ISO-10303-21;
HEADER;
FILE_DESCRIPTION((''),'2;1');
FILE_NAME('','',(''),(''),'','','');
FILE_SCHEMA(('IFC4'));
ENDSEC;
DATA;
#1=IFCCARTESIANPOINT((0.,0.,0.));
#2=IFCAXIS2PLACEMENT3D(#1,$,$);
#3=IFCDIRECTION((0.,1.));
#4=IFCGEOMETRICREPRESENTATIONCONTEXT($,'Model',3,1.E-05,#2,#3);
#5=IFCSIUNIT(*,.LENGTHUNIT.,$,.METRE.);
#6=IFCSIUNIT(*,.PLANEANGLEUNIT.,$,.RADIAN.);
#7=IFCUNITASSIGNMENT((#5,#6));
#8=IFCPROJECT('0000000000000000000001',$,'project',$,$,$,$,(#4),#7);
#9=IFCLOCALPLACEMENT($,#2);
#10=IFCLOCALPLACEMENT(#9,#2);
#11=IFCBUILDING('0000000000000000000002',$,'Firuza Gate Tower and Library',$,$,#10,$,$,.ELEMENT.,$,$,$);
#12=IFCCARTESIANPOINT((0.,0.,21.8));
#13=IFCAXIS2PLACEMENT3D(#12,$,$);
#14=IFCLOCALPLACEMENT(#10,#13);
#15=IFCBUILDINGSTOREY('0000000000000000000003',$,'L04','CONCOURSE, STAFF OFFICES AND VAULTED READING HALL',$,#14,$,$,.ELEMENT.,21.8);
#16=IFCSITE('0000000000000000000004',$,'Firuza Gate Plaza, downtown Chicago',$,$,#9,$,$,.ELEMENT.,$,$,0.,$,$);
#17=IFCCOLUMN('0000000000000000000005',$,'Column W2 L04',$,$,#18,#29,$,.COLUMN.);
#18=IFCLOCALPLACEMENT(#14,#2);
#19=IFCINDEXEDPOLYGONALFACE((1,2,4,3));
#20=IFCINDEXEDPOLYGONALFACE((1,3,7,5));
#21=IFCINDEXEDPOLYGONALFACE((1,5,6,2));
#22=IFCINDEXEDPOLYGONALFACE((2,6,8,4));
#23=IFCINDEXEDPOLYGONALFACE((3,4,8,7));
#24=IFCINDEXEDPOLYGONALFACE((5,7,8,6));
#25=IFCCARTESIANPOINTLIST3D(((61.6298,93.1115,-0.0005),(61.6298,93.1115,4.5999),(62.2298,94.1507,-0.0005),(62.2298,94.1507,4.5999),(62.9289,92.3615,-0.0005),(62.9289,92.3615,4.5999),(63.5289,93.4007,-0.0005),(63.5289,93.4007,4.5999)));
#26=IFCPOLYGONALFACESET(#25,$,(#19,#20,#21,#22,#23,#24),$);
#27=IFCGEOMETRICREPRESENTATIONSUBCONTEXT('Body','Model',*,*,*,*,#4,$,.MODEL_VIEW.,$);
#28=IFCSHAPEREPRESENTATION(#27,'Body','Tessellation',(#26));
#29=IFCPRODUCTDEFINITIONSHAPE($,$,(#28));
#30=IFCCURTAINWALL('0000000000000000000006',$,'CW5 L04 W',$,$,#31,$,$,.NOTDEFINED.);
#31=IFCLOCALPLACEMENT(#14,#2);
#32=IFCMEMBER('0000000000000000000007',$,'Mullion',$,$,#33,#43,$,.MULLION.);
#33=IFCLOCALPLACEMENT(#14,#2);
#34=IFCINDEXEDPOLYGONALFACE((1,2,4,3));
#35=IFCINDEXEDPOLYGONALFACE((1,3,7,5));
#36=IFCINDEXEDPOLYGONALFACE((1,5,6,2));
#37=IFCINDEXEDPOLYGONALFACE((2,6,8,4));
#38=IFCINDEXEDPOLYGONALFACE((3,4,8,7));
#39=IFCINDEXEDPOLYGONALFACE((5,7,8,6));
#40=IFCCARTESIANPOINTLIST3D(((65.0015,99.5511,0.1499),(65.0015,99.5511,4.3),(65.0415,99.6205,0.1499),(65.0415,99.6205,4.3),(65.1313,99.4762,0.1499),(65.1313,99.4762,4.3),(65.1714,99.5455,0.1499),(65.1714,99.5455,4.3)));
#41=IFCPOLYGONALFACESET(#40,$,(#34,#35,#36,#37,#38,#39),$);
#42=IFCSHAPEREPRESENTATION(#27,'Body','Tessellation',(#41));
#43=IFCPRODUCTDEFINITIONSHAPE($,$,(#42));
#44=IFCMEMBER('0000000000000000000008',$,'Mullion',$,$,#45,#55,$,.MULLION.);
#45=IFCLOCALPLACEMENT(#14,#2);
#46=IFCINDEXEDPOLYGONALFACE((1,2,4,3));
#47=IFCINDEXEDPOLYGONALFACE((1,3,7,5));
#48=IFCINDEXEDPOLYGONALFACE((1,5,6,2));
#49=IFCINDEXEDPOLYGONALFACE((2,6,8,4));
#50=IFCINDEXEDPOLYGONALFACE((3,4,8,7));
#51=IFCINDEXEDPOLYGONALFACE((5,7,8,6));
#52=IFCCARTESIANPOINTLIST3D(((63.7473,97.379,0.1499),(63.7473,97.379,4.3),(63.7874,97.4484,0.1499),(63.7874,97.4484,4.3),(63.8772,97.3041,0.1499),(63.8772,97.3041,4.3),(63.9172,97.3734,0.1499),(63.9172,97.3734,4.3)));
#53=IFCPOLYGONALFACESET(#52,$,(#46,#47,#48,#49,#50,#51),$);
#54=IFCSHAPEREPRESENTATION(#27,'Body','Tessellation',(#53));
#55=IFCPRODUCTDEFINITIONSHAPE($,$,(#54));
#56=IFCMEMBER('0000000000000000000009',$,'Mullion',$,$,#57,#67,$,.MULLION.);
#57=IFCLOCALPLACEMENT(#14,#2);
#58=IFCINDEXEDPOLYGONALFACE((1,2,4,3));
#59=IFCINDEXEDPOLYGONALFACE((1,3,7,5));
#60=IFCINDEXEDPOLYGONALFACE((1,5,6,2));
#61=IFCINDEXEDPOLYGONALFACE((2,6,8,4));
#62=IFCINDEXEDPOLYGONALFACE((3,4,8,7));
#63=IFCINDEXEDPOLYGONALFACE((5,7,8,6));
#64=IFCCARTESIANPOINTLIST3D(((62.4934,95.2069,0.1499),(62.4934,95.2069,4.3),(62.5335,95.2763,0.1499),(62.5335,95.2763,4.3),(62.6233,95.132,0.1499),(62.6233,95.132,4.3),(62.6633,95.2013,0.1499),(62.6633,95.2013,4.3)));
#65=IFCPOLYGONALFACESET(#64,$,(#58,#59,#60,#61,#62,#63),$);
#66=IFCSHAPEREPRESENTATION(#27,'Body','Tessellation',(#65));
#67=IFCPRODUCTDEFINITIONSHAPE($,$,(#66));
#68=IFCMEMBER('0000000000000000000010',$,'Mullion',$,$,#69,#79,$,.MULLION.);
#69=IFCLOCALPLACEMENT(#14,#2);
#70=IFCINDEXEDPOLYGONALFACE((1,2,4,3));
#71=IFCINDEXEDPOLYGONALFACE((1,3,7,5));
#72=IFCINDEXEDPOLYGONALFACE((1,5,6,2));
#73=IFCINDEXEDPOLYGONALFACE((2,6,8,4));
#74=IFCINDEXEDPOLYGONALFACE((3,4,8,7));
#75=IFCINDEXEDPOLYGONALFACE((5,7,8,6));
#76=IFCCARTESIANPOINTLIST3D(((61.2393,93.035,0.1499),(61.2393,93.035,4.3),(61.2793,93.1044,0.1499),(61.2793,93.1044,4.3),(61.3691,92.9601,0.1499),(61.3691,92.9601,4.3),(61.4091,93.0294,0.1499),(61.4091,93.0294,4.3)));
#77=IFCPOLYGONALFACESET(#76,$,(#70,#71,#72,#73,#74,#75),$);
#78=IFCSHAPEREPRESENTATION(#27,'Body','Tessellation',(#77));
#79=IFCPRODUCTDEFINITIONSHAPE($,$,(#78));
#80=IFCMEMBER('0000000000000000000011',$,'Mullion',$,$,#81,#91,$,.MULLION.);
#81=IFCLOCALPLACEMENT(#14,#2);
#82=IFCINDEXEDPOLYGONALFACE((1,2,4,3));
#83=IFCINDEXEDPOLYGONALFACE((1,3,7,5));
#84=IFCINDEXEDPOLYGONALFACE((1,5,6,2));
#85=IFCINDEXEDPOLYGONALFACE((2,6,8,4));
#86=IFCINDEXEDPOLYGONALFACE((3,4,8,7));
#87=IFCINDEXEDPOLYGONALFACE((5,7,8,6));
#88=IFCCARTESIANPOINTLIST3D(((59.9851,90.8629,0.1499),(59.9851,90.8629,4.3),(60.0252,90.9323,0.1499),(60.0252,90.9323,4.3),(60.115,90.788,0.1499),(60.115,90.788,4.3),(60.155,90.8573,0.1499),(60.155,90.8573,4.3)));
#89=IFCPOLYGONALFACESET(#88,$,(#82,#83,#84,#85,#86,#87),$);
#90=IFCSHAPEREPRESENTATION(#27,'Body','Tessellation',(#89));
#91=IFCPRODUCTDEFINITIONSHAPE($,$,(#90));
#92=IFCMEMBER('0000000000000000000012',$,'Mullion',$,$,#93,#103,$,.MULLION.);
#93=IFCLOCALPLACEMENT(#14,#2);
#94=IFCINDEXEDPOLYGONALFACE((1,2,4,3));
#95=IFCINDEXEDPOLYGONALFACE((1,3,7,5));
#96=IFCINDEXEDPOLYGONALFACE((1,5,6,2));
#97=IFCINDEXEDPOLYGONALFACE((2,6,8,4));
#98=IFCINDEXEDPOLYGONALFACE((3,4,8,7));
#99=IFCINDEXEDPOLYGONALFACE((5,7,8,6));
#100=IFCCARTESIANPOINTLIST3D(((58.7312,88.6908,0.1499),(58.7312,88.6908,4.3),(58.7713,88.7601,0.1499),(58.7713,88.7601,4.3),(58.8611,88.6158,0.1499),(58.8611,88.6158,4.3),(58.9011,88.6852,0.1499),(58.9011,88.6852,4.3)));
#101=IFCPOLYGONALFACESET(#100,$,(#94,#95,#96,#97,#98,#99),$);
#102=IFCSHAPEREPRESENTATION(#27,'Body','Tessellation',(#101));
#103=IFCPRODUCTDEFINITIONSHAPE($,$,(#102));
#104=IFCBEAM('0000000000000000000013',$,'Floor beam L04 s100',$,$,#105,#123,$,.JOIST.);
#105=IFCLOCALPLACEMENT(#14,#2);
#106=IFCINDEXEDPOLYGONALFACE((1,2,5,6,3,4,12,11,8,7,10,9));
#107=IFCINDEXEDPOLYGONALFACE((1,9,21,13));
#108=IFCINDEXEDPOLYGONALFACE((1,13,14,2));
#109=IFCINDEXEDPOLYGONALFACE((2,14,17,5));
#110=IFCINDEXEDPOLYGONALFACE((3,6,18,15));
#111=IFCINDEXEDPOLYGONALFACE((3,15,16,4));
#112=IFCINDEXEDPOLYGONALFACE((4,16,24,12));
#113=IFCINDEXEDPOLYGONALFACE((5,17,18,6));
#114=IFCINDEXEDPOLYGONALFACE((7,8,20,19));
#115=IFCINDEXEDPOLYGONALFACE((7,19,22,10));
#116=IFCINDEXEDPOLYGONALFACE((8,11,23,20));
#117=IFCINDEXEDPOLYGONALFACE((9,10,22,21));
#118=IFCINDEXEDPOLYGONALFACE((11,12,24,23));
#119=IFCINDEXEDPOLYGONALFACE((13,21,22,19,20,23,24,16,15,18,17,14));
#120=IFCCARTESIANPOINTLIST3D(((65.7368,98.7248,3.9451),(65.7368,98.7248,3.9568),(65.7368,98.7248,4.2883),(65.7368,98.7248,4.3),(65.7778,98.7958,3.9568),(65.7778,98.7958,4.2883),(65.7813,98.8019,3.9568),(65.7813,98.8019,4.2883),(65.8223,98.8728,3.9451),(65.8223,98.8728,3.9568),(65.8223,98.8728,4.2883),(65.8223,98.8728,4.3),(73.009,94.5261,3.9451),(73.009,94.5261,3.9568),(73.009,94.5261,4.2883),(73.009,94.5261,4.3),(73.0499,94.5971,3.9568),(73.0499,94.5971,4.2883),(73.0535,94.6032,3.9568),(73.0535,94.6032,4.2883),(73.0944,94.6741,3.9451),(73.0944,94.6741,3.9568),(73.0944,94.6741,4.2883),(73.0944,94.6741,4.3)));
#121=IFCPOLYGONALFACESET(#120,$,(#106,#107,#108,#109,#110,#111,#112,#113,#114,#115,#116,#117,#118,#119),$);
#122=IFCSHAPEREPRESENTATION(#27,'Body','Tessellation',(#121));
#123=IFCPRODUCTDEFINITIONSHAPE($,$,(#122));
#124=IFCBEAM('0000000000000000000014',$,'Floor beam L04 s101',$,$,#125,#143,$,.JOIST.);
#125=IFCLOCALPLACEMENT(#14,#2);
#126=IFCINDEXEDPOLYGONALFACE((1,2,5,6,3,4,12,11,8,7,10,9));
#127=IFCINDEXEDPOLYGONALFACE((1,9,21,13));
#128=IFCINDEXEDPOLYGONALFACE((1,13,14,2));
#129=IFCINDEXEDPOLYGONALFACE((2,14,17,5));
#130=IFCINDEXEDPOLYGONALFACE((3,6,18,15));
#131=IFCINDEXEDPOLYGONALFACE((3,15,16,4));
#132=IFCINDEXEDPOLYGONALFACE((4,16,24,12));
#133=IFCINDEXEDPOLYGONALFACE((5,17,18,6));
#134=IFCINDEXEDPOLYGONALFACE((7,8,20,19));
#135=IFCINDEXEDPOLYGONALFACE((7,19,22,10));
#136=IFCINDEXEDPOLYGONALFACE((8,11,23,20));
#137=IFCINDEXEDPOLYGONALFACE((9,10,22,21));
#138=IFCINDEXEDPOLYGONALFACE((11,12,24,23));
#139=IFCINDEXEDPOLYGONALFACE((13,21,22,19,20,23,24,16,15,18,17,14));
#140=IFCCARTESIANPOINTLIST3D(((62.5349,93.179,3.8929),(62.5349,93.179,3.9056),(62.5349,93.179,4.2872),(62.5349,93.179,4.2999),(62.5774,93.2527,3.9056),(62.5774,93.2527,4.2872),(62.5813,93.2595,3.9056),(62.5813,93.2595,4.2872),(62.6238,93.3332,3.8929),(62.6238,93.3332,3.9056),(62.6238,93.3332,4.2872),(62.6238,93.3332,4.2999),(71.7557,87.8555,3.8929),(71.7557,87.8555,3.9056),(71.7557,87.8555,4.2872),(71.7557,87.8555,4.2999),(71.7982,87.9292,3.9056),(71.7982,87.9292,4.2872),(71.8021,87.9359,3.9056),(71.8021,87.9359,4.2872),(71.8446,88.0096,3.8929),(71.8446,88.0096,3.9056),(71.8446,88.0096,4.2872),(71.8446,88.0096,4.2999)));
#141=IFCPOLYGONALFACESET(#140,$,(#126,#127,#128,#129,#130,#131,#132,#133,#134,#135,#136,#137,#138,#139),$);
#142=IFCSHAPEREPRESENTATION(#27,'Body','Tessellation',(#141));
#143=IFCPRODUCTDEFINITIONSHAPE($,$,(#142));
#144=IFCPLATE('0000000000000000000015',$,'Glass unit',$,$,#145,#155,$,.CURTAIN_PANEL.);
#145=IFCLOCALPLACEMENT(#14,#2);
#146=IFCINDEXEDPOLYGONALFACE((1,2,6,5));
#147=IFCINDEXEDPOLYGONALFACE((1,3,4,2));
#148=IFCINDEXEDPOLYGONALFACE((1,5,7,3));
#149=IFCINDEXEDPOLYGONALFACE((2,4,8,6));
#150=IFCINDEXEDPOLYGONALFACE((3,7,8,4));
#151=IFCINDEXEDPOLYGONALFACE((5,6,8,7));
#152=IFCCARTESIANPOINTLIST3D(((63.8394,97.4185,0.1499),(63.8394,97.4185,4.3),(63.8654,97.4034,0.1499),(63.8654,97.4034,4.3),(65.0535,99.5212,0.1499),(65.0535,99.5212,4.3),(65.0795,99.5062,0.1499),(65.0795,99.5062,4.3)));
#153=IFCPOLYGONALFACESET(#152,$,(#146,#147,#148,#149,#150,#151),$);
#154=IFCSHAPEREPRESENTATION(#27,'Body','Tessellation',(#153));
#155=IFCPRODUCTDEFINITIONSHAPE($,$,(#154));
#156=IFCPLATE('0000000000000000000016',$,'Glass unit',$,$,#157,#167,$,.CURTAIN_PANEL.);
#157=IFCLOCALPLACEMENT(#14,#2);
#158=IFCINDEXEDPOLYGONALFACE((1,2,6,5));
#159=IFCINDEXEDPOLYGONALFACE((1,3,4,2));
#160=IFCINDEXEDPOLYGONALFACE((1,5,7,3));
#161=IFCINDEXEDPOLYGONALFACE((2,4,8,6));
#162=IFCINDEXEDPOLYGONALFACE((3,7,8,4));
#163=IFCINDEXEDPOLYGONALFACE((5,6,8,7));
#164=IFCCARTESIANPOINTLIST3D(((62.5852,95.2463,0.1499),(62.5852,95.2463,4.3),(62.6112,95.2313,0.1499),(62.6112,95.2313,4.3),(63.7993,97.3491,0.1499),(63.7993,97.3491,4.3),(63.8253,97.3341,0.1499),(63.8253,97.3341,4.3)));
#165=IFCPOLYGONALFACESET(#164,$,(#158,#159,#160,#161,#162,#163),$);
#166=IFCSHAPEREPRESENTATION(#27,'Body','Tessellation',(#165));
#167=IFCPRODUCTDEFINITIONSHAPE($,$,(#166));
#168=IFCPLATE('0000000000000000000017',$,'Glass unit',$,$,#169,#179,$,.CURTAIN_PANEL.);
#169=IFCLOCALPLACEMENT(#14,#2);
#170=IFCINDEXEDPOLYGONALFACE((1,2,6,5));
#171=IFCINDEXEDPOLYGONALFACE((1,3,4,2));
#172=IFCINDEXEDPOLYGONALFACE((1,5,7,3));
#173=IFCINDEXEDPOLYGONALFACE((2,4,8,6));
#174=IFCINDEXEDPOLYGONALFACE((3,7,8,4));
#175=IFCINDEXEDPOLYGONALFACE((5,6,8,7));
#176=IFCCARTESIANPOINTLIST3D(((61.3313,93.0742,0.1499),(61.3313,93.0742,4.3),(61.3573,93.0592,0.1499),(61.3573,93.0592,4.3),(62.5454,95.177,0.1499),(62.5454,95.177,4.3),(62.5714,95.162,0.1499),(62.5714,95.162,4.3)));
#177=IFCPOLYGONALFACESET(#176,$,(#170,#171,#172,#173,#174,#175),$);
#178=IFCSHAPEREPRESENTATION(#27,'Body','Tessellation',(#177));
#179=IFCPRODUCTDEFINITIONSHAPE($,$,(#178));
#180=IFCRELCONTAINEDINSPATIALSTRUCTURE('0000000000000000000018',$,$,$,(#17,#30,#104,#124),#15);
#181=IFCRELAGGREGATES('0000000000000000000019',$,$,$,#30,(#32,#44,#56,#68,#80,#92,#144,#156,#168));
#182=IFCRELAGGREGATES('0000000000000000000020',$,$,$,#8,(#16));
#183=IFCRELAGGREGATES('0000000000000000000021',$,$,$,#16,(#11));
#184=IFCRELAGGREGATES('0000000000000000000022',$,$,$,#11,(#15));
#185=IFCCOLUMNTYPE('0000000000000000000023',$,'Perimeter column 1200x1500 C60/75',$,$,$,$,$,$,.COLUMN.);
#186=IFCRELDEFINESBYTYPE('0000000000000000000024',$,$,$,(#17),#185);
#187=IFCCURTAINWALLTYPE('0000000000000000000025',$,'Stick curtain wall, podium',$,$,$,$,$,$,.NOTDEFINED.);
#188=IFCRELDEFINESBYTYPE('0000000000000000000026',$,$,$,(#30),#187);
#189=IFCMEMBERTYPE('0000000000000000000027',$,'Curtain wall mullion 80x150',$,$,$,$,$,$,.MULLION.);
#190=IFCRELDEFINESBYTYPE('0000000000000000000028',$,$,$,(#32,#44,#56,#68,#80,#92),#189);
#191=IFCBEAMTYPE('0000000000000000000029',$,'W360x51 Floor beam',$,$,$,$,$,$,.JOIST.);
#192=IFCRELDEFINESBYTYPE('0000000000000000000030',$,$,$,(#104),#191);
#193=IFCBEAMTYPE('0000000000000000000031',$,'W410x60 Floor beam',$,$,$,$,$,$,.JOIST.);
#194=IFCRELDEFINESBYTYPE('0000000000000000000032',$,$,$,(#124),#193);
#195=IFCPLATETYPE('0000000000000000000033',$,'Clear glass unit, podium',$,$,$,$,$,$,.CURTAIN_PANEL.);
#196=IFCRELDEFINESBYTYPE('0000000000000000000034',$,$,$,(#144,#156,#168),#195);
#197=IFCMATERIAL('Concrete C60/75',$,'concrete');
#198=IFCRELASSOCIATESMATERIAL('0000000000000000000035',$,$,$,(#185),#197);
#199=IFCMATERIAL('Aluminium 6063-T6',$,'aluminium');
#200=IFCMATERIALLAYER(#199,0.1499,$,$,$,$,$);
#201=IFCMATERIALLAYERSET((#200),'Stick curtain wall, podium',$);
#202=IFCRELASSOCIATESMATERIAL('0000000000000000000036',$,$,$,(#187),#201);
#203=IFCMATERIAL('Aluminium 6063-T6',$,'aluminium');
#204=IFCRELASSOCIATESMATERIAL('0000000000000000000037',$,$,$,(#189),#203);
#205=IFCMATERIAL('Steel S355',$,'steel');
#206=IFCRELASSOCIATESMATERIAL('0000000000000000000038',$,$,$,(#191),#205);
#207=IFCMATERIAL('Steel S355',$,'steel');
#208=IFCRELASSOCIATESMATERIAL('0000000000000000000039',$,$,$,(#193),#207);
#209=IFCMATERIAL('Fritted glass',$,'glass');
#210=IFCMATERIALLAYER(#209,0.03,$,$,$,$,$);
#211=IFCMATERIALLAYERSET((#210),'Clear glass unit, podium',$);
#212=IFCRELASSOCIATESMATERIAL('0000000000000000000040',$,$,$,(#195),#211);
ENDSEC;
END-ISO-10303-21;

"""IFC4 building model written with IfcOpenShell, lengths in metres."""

from ifc_helpers import new_model, si_unit, direction, frame, origin, origin_2d, place, context, subcontext, project, spatial, polyline, rectangle, i_section, outline, extrude, material, layer, layer_set, material_profile, profile_set, type_object, element, aggregate, save


model = new_model("IFC4")

# Units and contexts
model_context = context("Model", 3, precision=1e-05, world=origin(), true_north=direction((0.0, 1.0)))
body_context = subcontext(model_context, "Body", "Model", "MODEL_VIEW")
ifc_project = project(units=[si_unit("LENGTHUNIT", "METRE"), si_unit("PLANEANGLEUNIT", "RADIAN")], contexts=[model_context])

# Site, building, storey
site_placement = place(None, origin())
site = spatial("IfcSite", under=ifc_project, at=site_placement, Name="Firuza Gate Plaza, downtown Chicago", CompositionType="ELEMENT", RefElevation=0.0)
building_placement = place(site_placement, origin())
building = spatial("IfcBuilding", under=site, at=building_placement, Name="Firuza Gate Tower and Library", CompositionType="ELEMENT")
storey_placement = place(building_placement, frame((0.0, 0.0, 21.8)))
storey = spatial("IfcBuildingStorey", under=building, at=storey_placement, Name="L04", Description="CONCOURSE, STAFF OFFICES AND VAULTED READING HALL", CompositionType="ELEMENT", Elevation=21.8)

# Column
ifc_material_1 = material(Name="Concrete C60/75", Category="concrete")
ifc_material_profile_1 = material_profile(ifc_material_1, rectangle(XDim=1.2, YDim=1.5, at=origin_2d()))
ifc_profile_set_1 = profile_set([ifc_material_profile_1], Name="Concrete C60/75")
column_type = type_object("IfcColumnType", Name="Perimeter column 1200x1500 C60/75", PredefinedType="COLUMN", material=ifc_profile_set_1)
column_placement = place(storey_placement, frame((62.5793, 93.2561, -0.0005), z_axis=(0.0, 0.0, 1.0), x_axis=(-0.5, -0.866025, 0.0)))
element("IfcColumn", 1, at=column_placement, inside=storey, type_object=column_type, Name="Column W2 L04", PredefinedType="COLUMN", context=body_context, shape_type="SweptSolid", body=[
    extrude(rectangle(XDim=1.2, YDim=1.5, at=origin_2d()), origin(), (0.0, 0.0, 1.0), 4.6003),
])

# Curtain wall, members
ifc_material_2 = material(Name="Aluminium 6063-T6", Category="aluminium")
ifc_layer_1 = layer(ifc_material_2, 0.1499)
ifc_layer_set_1 = layer_set([ifc_layer_1], Name="Stick curtain wall, podium")
curtain_wall_type = type_object("IfcCurtainWallType", Name="Stick curtain wall, podium", PredefinedType="NOTDEFINED", material=ifc_layer_set_1)
curtain_wall_placement = place(storey_placement, origin())
curtain_wall = element("IfcCurtainWall", 2, at=curtain_wall_placement, inside=storey, type_object=curtain_wall_type, Name="CW5 L04 W", PredefinedType="NOTDEFINED")
ifc_material_3 = material(Name="Aluminium 6063-T6", Category="aluminium")
ifc_material_profile_2 = material_profile(ifc_material_3, rectangle(XDim=0.1499, YDim=0.0801, at=origin_2d()))
ifc_profile_set_2 = profile_set([ifc_material_profile_2], Name="Aluminium 6063-T6")
member_type = type_object("IfcMemberType", Name="Curtain wall mullion 80x150", PredefinedType="MULLION", material=ifc_profile_set_2)
member_1_placement = place(storey_placement, frame((65.0864, 99.5483, 0.1499), z_axis=(0.0, 0.0, 1.0), x_axis=(0.866025, -0.5, 0.0)))
member_1 = element("IfcMember", 3, at=member_1_placement, type_object=member_type, Name="Mullion", PredefinedType="MULLION", context=body_context, shape_type="SweptSolid", body=[
    extrude(rectangle(XDim=0.1499, YDim=0.0801, at=origin_2d()), origin(), (0.0, 0.0, 1.0), 4.1501),
])
member_2_placement = place(storey_placement, frame((63.8323, 97.3762, 0.1499), z_axis=(0.0, 0.0, 1.0), x_axis=(0.866025, -0.5, 0.0)))
member_2 = element("IfcMember", 4, at=member_2_placement, type_object=member_type, Name="Mullion", PredefinedType="MULLION", context=body_context, shape_type="SweptSolid", body=[
    extrude(rectangle(XDim=0.1499, YDim=0.0801, at=origin_2d()), origin(), (0.0, 0.0, 1.0), 4.1501),
])
member_3_placement = place(storey_placement, frame((62.5784, 95.2041, 0.1499), z_axis=(0.0, 0.0, 1.0), x_axis=(0.866025, -0.5, 0.0)))
member_3 = element("IfcMember", 5, at=member_3_placement, type_object=member_type, Name="Mullion", PredefinedType="MULLION", context=body_context, shape_type="SweptSolid", body=[
    extrude(rectangle(XDim=0.1499, YDim=0.0801, at=origin_2d()), origin(), (0.0, 0.0, 1.0), 4.1501),
])
member_4_placement = place(storey_placement, frame((61.3242, 93.0322, 0.1499), z_axis=(0.0, 0.0, 1.0), x_axis=(0.866025, -0.5, 0.0)))
member_4 = element("IfcMember", 6, at=member_4_placement, type_object=member_type, Name="Mullion", PredefinedType="MULLION", context=body_context, shape_type="SweptSolid", body=[
    extrude(rectangle(XDim=0.1499, YDim=0.0801, at=origin_2d()), origin(), (0.0, 0.0, 1.0), 4.1501),
])
member_5_placement = place(storey_placement, frame((60.0701, 90.8601, 0.1499), z_axis=(0.0, 0.0, 1.0), x_axis=(0.866025, -0.5, 0.0)))
member_5 = element("IfcMember", 7, at=member_5_placement, type_object=member_type, Name="Mullion", PredefinedType="MULLION", context=body_context, shape_type="SweptSolid", body=[
    extrude(rectangle(XDim=0.1499, YDim=0.0801, at=origin_2d()), origin(), (0.0, 0.0, 1.0), 4.1501),
])
member_6_placement = place(storey_placement, frame((58.8162, 88.688, 0.1499), z_axis=(0.0, 0.0, 1.0), x_axis=(0.866025, -0.5, 0.0)))
member_6 = element("IfcMember", 8, at=member_6_placement, type_object=member_type, Name="Mullion", PredefinedType="MULLION", context=body_context, shape_type="SweptSolid", body=[
    extrude(rectangle(XDim=0.1499, YDim=0.0801, at=origin_2d()), origin(), (0.0, 0.0, 1.0), 4.1501),
])

# Beams
ifc_material_4 = material(Name="Steel S355", Category="steel")
ifc_material_profile_3 = material_profile(ifc_material_4, i_section(OverallWidth=0.1709, OverallDepth=0.355, WebThickness=0.0071, FlangeThickness=0.0117, at=origin_2d()))
ifc_profile_set_3 = profile_set([ifc_material_profile_3], Name="Steel S355")
beam_type_1 = type_object("IfcBeamType", Name="W360x51 Floor beam", PredefinedType="JOIST", material=ifc_profile_set_3)
beam_1_placement = place(storey_placement, frame((65.7795, 98.7988, 4.1226), z_axis=(0.86602, -0.50001, 0.0), x_axis=(0.50001, 0.86602, 0.0)))
element("IfcBeam", 9, at=beam_1_placement, inside=storey, type_object=beam_type_1, Name="Floor beam L04 s100", PredefinedType="JOIST", context=body_context, shape_type="SweptSolid", body=[
    extrude(i_section(OverallWidth=0.1709, OverallDepth=0.355, WebThickness=0.0071, FlangeThickness=0.0117, at=origin_2d()), origin(), (0.0, 0.0, 1.0), 8.3972),
])
ifc_material_5 = material(Name="Steel S355", Category="steel")
ifc_material_profile_4 = material_profile(ifc_material_5, i_section(OverallWidth=0.178, OverallDepth=0.407, WebThickness=0.0078, FlangeThickness=0.0127, at=origin_2d()))
ifc_profile_set_4 = profile_set([ifc_material_profile_4], Name="Steel S355")
beam_type_2 = type_object("IfcBeamType", Name="W410x60 Floor beam", PredefinedType="JOIST", material=ifc_profile_set_4)
beam_2_placement = place(storey_placement, frame((62.5793, 93.2561, 4.0964), z_axis=(0.866029, -0.499994, 0.0), x_axis=(0.499994, 0.866029, 0.0)))
element("IfcBeam", 10, at=beam_2_placement, inside=storey, type_object=beam_type_2, Name="Floor beam L04 s101", PredefinedType="JOIST", context=body_context, shape_type="SweptSolid", body=[
    extrude(i_section(OverallWidth=0.178, OverallDepth=0.407, WebThickness=0.0078, FlangeThickness=0.0127, at=origin_2d()), origin(), (0.0, 0.0, 1.0), 10.6472),
])

# Plates
ifc_material_6 = material(Name="Fritted glass", Category="glass")
ifc_layer_2 = layer(ifc_material_6, 0.03)
ifc_layer_set_2 = layer_set([ifc_layer_2], Name="Clear glass unit, podium")
plate_type = type_object("IfcPlateType", Name="Clear glass unit, podium", PredefinedType="CURTAIN_PANEL", material=ifc_layer_set_2)
plate_1_placement = place(storey_placement, frame((65.0535, 99.5212, 0.1499), z_axis=(-0.866013, 0.500021, 0.0), x_axis=(-0.500021, -0.866013, 0.0)))
plate_1 = element("IfcPlate", 11, at=plate_1_placement, type_object=plate_type, Name="Glass unit", PredefinedType="CURTAIN_PANEL", context=body_context, shape_type="SweptSolid", body=[
    extrude(outline(polyline([(0.0, 0.0), (2.4281, 0.0), (2.4281, 4.1501), (0.0, 4.1501), (0.0, 0.0)])), origin(), (0.0, 0.0, -1.0), 0.03),
])
plate_2_placement = place(storey_placement, frame((63.7993, 97.3491, 0.1499), z_axis=(-0.866013, 0.500021, 0.0), x_axis=(-0.500021, -0.866013, 0.0)))
plate_2 = element("IfcPlate", 12, at=plate_2_placement, type_object=plate_type, Name="Glass unit", PredefinedType="CURTAIN_PANEL", context=body_context, shape_type="SweptSolid", body=[
    extrude(outline(polyline([(0.0, 0.0), (2.4281, 0.0), (2.4281, 4.1501), (0.0, 4.1501), (0.0, 0.0)])), origin(), (0.0, 0.0, -1.0), 0.03),
])
plate_3_placement = place(storey_placement, frame((62.5454, 95.177, 0.1499), z_axis=(-0.866013, 0.500021, 0.0), x_axis=(-0.500021, -0.866013, 0.0)))
plate_3 = element("IfcPlate", 13, at=plate_3_placement, type_object=plate_type, Name="Glass unit", PredefinedType="CURTAIN_PANEL", context=body_context, shape_type="SweptSolid", body=[
    extrude(outline(polyline([(0.0, 0.0), (2.4281, 0.0), (2.4281, 4.1501), (0.0, 4.1501), (0.0, 0.0)])), origin(), (0.0, 0.0, -1.0), 0.03),
])
aggregate(curtain_wall, [member_1, member_2, member_3, member_4, member_5, member_6, plate_1, plate_2, plate_3])

save(model, "model.ifc")
